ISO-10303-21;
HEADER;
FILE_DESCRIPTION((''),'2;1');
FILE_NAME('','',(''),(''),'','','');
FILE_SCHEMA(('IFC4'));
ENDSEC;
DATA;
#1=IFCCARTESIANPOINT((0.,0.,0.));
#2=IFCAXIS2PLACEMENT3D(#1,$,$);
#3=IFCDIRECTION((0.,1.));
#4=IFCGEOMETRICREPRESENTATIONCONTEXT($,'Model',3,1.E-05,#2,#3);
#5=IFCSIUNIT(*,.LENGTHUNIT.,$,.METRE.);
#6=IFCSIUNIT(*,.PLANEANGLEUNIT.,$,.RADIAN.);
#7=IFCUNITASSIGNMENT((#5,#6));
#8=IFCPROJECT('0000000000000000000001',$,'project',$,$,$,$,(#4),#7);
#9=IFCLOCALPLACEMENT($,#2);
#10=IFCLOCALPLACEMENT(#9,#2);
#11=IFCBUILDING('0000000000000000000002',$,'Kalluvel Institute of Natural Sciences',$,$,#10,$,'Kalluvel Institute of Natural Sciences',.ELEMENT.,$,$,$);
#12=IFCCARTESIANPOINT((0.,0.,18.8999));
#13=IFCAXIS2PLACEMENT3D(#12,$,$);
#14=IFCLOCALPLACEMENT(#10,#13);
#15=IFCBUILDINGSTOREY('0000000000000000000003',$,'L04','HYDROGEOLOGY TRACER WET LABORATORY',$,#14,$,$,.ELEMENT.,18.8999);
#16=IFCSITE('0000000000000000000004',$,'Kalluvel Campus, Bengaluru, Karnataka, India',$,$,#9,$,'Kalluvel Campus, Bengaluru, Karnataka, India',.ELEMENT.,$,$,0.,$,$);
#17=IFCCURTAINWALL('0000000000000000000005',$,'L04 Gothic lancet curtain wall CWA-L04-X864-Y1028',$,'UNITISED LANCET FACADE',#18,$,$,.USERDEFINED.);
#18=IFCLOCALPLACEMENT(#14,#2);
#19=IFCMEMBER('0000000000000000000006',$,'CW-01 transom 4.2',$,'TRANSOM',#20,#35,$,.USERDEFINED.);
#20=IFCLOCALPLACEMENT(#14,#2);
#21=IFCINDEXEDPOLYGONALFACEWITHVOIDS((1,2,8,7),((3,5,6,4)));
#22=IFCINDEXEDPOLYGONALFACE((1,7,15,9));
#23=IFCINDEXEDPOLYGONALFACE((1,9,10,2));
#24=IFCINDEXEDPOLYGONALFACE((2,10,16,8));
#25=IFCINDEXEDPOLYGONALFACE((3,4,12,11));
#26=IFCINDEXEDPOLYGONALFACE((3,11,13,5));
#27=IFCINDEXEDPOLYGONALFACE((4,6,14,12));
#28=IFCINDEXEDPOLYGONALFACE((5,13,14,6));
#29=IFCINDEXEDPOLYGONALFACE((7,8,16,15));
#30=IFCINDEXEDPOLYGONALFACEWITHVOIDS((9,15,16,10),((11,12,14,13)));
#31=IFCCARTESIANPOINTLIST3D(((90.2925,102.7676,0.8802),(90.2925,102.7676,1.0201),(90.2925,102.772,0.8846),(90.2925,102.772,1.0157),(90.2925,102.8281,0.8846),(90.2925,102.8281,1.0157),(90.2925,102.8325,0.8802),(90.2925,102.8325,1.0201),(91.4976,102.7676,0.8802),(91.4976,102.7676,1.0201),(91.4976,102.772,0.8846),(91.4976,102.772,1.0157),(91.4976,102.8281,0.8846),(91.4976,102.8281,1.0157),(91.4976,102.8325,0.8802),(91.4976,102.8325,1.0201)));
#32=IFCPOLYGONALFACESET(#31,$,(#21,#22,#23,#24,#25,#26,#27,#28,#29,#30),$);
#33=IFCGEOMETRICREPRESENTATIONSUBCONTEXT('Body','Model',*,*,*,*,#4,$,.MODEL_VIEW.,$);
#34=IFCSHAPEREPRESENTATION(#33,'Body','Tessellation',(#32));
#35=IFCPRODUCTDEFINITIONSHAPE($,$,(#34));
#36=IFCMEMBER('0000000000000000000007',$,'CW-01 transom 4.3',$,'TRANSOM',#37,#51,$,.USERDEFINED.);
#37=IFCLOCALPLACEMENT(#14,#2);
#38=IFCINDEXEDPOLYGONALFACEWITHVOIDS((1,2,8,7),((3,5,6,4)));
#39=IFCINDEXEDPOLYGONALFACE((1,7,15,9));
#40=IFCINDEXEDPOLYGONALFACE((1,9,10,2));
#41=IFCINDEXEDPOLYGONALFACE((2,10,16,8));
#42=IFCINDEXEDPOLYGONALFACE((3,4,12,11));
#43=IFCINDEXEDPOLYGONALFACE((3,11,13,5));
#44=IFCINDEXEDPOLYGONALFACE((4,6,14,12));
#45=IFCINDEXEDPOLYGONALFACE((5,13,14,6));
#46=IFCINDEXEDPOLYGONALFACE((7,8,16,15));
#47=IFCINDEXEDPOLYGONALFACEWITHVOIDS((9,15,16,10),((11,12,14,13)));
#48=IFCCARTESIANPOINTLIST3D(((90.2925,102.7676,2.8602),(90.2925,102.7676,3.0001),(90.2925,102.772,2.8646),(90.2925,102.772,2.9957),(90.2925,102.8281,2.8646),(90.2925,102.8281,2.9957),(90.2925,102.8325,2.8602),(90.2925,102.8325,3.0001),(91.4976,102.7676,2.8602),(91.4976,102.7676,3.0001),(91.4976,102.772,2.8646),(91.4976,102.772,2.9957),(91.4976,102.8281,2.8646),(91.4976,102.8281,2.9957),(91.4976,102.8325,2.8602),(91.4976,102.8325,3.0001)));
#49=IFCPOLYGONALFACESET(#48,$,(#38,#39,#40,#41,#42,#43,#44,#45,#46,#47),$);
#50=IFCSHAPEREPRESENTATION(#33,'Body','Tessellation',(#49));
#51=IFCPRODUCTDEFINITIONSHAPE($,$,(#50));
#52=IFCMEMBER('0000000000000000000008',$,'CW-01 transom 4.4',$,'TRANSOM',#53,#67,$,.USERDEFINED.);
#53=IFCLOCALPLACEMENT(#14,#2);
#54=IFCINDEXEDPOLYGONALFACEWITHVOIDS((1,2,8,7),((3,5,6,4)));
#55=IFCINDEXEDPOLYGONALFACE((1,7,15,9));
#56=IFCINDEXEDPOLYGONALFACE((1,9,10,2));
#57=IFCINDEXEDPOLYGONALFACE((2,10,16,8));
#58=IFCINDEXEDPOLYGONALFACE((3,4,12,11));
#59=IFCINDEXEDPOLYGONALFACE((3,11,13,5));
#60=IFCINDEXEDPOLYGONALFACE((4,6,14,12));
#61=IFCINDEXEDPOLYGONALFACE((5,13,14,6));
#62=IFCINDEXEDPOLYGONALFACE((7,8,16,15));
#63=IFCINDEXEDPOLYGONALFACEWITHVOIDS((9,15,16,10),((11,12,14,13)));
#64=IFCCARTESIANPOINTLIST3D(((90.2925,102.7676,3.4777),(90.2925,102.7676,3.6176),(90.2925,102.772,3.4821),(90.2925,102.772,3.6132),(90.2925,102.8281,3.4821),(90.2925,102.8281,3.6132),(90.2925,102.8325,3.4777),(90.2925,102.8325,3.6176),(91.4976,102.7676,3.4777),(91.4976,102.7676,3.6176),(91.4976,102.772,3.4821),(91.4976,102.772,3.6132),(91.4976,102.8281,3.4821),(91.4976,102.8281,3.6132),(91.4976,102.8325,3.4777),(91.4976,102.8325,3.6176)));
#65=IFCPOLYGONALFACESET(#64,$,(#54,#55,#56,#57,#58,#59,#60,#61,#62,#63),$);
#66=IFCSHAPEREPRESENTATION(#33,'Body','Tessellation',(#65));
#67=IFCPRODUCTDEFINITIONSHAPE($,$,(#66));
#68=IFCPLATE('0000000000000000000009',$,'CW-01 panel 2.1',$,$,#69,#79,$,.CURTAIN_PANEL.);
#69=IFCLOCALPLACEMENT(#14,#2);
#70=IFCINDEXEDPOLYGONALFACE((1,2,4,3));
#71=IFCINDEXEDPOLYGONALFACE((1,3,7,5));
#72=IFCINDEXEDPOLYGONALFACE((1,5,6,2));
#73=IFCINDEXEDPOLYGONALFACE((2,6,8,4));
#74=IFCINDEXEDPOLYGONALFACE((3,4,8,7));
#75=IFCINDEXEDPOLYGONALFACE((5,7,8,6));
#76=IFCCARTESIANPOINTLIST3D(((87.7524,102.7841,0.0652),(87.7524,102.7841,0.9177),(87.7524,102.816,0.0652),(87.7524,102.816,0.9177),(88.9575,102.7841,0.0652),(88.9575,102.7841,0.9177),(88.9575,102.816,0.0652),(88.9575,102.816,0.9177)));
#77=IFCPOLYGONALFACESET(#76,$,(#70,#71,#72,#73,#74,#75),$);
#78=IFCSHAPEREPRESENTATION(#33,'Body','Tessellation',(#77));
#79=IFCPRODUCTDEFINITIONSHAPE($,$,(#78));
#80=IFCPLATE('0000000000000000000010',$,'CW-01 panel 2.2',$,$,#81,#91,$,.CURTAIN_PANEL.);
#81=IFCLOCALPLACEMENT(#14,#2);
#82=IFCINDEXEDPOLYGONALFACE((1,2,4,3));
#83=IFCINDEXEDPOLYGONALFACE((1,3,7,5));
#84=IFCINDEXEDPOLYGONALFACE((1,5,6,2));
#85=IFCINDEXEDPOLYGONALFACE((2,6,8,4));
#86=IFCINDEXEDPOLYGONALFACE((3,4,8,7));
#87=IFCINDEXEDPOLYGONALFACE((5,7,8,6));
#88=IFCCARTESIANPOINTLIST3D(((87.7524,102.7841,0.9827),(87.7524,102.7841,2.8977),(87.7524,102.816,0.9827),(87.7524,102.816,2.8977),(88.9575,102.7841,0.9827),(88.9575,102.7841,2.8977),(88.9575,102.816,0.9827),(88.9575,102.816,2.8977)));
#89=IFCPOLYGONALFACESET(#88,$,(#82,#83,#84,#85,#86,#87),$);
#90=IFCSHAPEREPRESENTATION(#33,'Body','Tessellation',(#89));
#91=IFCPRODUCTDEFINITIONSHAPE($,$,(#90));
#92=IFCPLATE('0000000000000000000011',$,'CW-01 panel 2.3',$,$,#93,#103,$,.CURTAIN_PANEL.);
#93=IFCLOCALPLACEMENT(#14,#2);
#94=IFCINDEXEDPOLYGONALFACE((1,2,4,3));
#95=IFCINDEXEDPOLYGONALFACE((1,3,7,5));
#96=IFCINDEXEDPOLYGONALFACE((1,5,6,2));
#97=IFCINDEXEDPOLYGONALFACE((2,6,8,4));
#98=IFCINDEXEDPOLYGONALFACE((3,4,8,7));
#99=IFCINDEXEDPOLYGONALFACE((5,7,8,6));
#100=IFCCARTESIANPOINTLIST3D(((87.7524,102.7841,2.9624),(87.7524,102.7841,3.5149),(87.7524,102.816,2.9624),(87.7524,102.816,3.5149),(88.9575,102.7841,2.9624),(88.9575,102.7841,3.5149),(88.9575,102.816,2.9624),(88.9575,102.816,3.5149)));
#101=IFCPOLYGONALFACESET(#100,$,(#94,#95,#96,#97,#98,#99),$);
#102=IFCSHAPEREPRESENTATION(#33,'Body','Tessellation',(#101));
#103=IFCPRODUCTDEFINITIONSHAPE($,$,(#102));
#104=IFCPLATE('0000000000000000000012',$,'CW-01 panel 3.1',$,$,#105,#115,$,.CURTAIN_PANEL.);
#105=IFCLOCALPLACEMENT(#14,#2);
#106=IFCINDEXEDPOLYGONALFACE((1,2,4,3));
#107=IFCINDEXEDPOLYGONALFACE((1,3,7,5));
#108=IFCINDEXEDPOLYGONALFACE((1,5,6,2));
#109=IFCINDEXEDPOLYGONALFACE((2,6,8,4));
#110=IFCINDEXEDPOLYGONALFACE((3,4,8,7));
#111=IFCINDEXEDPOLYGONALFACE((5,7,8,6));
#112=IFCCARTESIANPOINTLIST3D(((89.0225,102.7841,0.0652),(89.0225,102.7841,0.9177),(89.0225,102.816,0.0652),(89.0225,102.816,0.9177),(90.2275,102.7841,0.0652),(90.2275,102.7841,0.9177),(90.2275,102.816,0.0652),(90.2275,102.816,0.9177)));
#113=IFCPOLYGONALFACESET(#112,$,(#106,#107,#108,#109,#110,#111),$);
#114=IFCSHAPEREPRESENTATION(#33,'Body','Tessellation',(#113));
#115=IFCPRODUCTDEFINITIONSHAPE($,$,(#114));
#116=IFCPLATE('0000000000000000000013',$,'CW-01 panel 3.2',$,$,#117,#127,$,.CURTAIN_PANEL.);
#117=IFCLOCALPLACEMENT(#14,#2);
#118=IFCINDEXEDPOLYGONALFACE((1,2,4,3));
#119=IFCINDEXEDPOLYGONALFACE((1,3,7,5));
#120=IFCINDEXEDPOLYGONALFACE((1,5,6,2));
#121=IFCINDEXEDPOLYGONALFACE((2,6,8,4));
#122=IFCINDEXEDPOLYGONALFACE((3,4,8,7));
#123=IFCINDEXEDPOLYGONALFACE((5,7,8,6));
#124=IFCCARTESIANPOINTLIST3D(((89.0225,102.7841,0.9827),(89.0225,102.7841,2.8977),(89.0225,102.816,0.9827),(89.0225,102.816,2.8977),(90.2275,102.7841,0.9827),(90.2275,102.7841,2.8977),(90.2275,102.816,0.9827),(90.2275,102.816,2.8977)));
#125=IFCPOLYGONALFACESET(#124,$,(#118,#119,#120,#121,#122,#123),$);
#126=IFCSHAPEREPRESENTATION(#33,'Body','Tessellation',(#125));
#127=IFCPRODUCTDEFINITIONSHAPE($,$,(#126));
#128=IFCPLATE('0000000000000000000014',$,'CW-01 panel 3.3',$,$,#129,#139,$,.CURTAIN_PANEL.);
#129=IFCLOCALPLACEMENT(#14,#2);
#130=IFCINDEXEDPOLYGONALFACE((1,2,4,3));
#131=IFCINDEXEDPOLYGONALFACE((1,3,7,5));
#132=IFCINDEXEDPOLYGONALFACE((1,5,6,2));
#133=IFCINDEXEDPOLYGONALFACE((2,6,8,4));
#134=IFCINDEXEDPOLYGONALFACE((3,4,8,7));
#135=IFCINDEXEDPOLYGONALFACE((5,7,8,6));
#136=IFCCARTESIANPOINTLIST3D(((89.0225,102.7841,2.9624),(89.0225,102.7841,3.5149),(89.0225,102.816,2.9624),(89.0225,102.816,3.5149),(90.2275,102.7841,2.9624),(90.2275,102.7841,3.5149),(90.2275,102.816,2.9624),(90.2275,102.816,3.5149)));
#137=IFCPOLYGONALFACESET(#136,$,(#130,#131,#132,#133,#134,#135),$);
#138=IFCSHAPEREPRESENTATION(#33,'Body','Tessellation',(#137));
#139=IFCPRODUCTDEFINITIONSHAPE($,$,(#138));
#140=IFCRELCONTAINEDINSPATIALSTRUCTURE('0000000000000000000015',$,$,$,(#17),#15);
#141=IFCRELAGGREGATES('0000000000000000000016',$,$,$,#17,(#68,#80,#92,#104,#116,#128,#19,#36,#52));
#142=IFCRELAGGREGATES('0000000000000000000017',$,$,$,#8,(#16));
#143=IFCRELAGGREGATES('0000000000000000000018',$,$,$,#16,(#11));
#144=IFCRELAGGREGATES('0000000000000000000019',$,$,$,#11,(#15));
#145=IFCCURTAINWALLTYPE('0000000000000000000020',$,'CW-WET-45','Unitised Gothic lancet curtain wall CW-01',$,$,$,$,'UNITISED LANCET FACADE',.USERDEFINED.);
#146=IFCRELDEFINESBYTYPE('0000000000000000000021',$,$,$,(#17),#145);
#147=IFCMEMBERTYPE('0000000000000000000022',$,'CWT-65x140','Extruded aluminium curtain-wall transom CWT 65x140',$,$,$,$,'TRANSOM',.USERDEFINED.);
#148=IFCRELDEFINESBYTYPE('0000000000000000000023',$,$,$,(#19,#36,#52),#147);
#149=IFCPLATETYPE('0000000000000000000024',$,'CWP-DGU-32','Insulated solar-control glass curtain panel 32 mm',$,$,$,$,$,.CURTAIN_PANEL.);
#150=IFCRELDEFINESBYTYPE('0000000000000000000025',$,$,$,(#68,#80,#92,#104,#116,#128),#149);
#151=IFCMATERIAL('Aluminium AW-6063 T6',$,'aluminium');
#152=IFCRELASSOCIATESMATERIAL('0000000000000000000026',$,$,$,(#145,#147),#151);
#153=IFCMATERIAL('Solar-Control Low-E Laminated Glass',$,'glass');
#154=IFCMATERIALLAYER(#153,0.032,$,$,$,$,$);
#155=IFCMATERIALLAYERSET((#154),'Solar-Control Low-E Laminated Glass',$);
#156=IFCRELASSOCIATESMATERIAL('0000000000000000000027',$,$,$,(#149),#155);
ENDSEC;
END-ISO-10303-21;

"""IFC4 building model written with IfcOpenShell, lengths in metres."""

from ifc_helpers import new_model, si_unit, direction, frame, origin, origin_2d, place, context, subcontext, project, spatial, rectangle, hollow_rectangle, extrude, material, layer, layer_set, material_profile, profile_set, type_object, element, aggregate, save


model = new_model("IFC4")

# Units and contexts
model_context = context("Model", 3, precision=1e-05, world=origin(), true_north=direction((0.0, 1.0)))
body_context = subcontext(model_context, "Body", "Model", "MODEL_VIEW")
ifc_project = project(units=[si_unit("LENGTHUNIT", "METRE"), si_unit("PLANEANGLEUNIT", "RADIAN")], contexts=[model_context])

# Site, building, storey
site_placement = place(None, origin())
site = spatial("IfcSite", under=ifc_project, at=site_placement, Name="Kalluvel Campus, Bengaluru, Karnataka, India", LongName="Kalluvel Campus, Bengaluru, Karnataka, India", CompositionType="ELEMENT", RefElevation=0.0)
building_placement = place(site_placement, origin())
building = spatial("IfcBuilding", under=site, at=building_placement, Name="Kalluvel Institute of Natural Sciences", LongName="Kalluvel Institute of Natural Sciences", CompositionType="ELEMENT")
storey_placement = place(building_placement, frame((0.0, 0.0, 18.8999)))
storey = spatial("IfcBuildingStorey", under=building, at=storey_placement, Name="L04", Description="HYDROGEOLOGY TRACER WET LABORATORY", CompositionType="ELEMENT", Elevation=18.8999)

# Curtain wall, members, plates
ifc_material_1 = material(Name="Aluminium AW-6063 T6", Category="aluminium")
curtain_wall_type = type_object("IfcCurtainWallType", Name="CW-WET-45", Description="Unitised Gothic lancet curtain wall CW-01", ElementType="UNITISED LANCET FACADE", PredefinedType="USERDEFINED", material=ifc_material_1)
curtain_wall_placement = place(storey_placement, origin())
curtain_wall = element("IfcCurtainWall", 1, at=curtain_wall_placement, inside=storey, type_object=curtain_wall_type, Name="L04 Gothic lancet curtain wall CWA-L04-X864-Y1028", ObjectType="UNITISED LANCET FACADE", PredefinedType="USERDEFINED")
ifc_material_profile_1 = material_profile(ifc_material_1, hollow_rectangle(XDim=0.0649, YDim=0.1399, WallThickness=0.0044, at=origin_2d()), Name="CWT 65x140")
ifc_profile_set_1 = profile_set([ifc_material_profile_1], Name="Aluminium AW-6063 T6")
member_type_1 = type_object("IfcMemberType", Name="CWT-65x140", Description="Extruded aluminium curtain-wall transom CWT 65x140", ElementType="TRANSOM", PredefinedType="USERDEFINED", material=ifc_profile_set_1)
member_1_placement = place(storey_placement, frame((90.2925, 102.8, 0.9502), z_axis=(1.0, 0.0, 0.0), x_axis=(0.0, 1.0, 0.0)))
member_1 = element("IfcMember", 2, at=member_1_placement, type_object=member_type_1, Name="CW-01 transom 4.2", ObjectType="TRANSOM", PredefinedType="USERDEFINED", context=body_context, shape_type="SweptSolid", body=[
    extrude(hollow_rectangle(XDim=0.0649, YDim=0.1399, WallThickness=0.0044, at=origin_2d()), origin(), (0.0, 0.0, 1.0), 1.2051),
])
member_2_placement = place(storey_placement, frame((90.2925, 102.8, 2.9302), z_axis=(1.0, 0.0, 0.0), x_axis=(0.0, 1.0, 0.0)))
member_2 = element("IfcMember", 3, at=member_2_placement, type_object=member_type_1, Name="CW-01 transom 4.3", ObjectType="TRANSOM", PredefinedType="USERDEFINED", context=body_context, shape_type="SweptSolid", body=[
    extrude(hollow_rectangle(XDim=0.0649, YDim=0.1399, WallThickness=0.0044, at=origin_2d()), origin(), (0.0, 0.0, 1.0), 1.2051),
])
member_3_placement = place(storey_placement, frame((90.2925, 102.8, 3.5476), z_axis=(1.0, 0.0, 0.0), x_axis=(0.0, 1.0, 0.0)))
member_3 = element("IfcMember", 4, at=member_3_placement, type_object=member_type_1, Name="CW-01 transom 4.4", ObjectType="TRANSOM", PredefinedType="USERDEFINED", context=body_context, shape_type="SweptSolid", body=[
    extrude(hollow_rectangle(XDim=0.0649, YDim=0.1399, WallThickness=0.0044, at=origin_2d()), origin(), (0.0, 0.0, 1.0), 1.2051),
])
ifc_material_2 = material(Name="Solar-Control Low-E Laminated Glass", Category="glass")
ifc_layer = layer(ifc_material_2, 0.032)
ifc_layer_set = layer_set([ifc_layer], Name="Solar-Control Low-E Laminated Glass")
plate_type = type_object("IfcPlateType", Name="CWP-DGU-32", Description="Insulated solar-control glass curtain panel 32 mm", PredefinedType="CURTAIN_PANEL", material=ifc_layer_set)
plate_1_placement = place(storey_placement, frame((88.355, 102.8, 0.0652), z_axis=(0.0, 0.0, 1.0), x_axis=(1.0, 0.0, 0.0)))
plate_1 = element("IfcPlate", 5, at=plate_1_placement, type_object=plate_type, Name="CW-01 panel 2.1", PredefinedType="CURTAIN_PANEL", context=body_context, shape_type="SweptSolid", body=[
    extrude(rectangle(XDim=1.2051, YDim=0.032, at=origin_2d()), origin(), (0.0, 0.0, 1.0), 0.8525),
])
plate_2_placement = place(storey_placement, frame((88.355, 102.8, 0.9827), z_axis=(0.0, 0.0, 1.0), x_axis=(1.0, 0.0, 0.0)))
plate_2 = element("IfcPlate", 6, at=plate_2_placement, type_object=plate_type, Name="CW-01 panel 2.2", PredefinedType="CURTAIN_PANEL", context=body_context, shape_type="SweptSolid", body=[
    extrude(rectangle(XDim=1.2051, YDim=0.032, at=origin_2d()), origin(), (0.0, 0.0, 1.0), 1.915),
])
plate_3_placement = place(storey_placement, frame((88.355, 102.8, 2.9624), z_axis=(0.0, 0.0, 1.0), x_axis=(1.0, 0.0, 0.0)))
plate_3 = element("IfcPlate", 7, at=plate_3_placement, type_object=plate_type, Name="CW-01 panel 2.3", PredefinedType="CURTAIN_PANEL", context=body_context, shape_type="SweptSolid", body=[
    extrude(rectangle(XDim=1.2051, YDim=0.032, at=origin_2d()), origin(), (0.0, 0.0, 1.0), 0.5525),
])
plate_4_placement = place(storey_placement, frame((89.625, 102.8, 0.0652), z_axis=(0.0, 0.0, 1.0), x_axis=(1.0, 0.0, 0.0)))
plate_4 = element("IfcPlate", 8, at=plate_4_placement, type_object=plate_type, Name="CW-01 panel 3.1", PredefinedType="CURTAIN_PANEL", context=body_context, shape_type="SweptSolid", body=[
    extrude(rectangle(XDim=1.2051, YDim=0.032, at=origin_2d()), origin(), (0.0, 0.0, 1.0), 0.8525),
])
plate_5_placement = place(storey_placement, frame((89.625, 102.8, 0.9827), z_axis=(0.0, 0.0, 1.0), x_axis=(1.0, 0.0, 0.0)))
plate_5 = element("IfcPlate", 9, at=plate_5_placement, type_object=plate_type, Name="CW-01 panel 3.2", PredefinedType="CURTAIN_PANEL", context=body_context, shape_type="SweptSolid", body=[
    extrude(rectangle(XDim=1.2051, YDim=0.032, at=origin_2d()), origin(), (0.0, 0.0, 1.0), 1.915),
])
plate_6_placement = place(storey_placement, frame((89.625, 102.8, 2.9624), z_axis=(0.0, 0.0, 1.0), x_axis=(1.0, 0.0, 0.0)))
plate_6 = element("IfcPlate", 10, at=plate_6_placement, type_object=plate_type, Name="CW-01 panel 3.3", PredefinedType="CURTAIN_PANEL", context=body_context, shape_type="SweptSolid", body=[
    extrude(rectangle(XDim=1.2051, YDim=0.032, at=origin_2d()), origin(), (0.0, 0.0, 1.0), 0.5525),
])
aggregate(curtain_wall, [plate_1, plate_2, plate_3, plate_4, plate_5, plate_6, member_1, member_2, member_3])

save(model, "model.ifc")
